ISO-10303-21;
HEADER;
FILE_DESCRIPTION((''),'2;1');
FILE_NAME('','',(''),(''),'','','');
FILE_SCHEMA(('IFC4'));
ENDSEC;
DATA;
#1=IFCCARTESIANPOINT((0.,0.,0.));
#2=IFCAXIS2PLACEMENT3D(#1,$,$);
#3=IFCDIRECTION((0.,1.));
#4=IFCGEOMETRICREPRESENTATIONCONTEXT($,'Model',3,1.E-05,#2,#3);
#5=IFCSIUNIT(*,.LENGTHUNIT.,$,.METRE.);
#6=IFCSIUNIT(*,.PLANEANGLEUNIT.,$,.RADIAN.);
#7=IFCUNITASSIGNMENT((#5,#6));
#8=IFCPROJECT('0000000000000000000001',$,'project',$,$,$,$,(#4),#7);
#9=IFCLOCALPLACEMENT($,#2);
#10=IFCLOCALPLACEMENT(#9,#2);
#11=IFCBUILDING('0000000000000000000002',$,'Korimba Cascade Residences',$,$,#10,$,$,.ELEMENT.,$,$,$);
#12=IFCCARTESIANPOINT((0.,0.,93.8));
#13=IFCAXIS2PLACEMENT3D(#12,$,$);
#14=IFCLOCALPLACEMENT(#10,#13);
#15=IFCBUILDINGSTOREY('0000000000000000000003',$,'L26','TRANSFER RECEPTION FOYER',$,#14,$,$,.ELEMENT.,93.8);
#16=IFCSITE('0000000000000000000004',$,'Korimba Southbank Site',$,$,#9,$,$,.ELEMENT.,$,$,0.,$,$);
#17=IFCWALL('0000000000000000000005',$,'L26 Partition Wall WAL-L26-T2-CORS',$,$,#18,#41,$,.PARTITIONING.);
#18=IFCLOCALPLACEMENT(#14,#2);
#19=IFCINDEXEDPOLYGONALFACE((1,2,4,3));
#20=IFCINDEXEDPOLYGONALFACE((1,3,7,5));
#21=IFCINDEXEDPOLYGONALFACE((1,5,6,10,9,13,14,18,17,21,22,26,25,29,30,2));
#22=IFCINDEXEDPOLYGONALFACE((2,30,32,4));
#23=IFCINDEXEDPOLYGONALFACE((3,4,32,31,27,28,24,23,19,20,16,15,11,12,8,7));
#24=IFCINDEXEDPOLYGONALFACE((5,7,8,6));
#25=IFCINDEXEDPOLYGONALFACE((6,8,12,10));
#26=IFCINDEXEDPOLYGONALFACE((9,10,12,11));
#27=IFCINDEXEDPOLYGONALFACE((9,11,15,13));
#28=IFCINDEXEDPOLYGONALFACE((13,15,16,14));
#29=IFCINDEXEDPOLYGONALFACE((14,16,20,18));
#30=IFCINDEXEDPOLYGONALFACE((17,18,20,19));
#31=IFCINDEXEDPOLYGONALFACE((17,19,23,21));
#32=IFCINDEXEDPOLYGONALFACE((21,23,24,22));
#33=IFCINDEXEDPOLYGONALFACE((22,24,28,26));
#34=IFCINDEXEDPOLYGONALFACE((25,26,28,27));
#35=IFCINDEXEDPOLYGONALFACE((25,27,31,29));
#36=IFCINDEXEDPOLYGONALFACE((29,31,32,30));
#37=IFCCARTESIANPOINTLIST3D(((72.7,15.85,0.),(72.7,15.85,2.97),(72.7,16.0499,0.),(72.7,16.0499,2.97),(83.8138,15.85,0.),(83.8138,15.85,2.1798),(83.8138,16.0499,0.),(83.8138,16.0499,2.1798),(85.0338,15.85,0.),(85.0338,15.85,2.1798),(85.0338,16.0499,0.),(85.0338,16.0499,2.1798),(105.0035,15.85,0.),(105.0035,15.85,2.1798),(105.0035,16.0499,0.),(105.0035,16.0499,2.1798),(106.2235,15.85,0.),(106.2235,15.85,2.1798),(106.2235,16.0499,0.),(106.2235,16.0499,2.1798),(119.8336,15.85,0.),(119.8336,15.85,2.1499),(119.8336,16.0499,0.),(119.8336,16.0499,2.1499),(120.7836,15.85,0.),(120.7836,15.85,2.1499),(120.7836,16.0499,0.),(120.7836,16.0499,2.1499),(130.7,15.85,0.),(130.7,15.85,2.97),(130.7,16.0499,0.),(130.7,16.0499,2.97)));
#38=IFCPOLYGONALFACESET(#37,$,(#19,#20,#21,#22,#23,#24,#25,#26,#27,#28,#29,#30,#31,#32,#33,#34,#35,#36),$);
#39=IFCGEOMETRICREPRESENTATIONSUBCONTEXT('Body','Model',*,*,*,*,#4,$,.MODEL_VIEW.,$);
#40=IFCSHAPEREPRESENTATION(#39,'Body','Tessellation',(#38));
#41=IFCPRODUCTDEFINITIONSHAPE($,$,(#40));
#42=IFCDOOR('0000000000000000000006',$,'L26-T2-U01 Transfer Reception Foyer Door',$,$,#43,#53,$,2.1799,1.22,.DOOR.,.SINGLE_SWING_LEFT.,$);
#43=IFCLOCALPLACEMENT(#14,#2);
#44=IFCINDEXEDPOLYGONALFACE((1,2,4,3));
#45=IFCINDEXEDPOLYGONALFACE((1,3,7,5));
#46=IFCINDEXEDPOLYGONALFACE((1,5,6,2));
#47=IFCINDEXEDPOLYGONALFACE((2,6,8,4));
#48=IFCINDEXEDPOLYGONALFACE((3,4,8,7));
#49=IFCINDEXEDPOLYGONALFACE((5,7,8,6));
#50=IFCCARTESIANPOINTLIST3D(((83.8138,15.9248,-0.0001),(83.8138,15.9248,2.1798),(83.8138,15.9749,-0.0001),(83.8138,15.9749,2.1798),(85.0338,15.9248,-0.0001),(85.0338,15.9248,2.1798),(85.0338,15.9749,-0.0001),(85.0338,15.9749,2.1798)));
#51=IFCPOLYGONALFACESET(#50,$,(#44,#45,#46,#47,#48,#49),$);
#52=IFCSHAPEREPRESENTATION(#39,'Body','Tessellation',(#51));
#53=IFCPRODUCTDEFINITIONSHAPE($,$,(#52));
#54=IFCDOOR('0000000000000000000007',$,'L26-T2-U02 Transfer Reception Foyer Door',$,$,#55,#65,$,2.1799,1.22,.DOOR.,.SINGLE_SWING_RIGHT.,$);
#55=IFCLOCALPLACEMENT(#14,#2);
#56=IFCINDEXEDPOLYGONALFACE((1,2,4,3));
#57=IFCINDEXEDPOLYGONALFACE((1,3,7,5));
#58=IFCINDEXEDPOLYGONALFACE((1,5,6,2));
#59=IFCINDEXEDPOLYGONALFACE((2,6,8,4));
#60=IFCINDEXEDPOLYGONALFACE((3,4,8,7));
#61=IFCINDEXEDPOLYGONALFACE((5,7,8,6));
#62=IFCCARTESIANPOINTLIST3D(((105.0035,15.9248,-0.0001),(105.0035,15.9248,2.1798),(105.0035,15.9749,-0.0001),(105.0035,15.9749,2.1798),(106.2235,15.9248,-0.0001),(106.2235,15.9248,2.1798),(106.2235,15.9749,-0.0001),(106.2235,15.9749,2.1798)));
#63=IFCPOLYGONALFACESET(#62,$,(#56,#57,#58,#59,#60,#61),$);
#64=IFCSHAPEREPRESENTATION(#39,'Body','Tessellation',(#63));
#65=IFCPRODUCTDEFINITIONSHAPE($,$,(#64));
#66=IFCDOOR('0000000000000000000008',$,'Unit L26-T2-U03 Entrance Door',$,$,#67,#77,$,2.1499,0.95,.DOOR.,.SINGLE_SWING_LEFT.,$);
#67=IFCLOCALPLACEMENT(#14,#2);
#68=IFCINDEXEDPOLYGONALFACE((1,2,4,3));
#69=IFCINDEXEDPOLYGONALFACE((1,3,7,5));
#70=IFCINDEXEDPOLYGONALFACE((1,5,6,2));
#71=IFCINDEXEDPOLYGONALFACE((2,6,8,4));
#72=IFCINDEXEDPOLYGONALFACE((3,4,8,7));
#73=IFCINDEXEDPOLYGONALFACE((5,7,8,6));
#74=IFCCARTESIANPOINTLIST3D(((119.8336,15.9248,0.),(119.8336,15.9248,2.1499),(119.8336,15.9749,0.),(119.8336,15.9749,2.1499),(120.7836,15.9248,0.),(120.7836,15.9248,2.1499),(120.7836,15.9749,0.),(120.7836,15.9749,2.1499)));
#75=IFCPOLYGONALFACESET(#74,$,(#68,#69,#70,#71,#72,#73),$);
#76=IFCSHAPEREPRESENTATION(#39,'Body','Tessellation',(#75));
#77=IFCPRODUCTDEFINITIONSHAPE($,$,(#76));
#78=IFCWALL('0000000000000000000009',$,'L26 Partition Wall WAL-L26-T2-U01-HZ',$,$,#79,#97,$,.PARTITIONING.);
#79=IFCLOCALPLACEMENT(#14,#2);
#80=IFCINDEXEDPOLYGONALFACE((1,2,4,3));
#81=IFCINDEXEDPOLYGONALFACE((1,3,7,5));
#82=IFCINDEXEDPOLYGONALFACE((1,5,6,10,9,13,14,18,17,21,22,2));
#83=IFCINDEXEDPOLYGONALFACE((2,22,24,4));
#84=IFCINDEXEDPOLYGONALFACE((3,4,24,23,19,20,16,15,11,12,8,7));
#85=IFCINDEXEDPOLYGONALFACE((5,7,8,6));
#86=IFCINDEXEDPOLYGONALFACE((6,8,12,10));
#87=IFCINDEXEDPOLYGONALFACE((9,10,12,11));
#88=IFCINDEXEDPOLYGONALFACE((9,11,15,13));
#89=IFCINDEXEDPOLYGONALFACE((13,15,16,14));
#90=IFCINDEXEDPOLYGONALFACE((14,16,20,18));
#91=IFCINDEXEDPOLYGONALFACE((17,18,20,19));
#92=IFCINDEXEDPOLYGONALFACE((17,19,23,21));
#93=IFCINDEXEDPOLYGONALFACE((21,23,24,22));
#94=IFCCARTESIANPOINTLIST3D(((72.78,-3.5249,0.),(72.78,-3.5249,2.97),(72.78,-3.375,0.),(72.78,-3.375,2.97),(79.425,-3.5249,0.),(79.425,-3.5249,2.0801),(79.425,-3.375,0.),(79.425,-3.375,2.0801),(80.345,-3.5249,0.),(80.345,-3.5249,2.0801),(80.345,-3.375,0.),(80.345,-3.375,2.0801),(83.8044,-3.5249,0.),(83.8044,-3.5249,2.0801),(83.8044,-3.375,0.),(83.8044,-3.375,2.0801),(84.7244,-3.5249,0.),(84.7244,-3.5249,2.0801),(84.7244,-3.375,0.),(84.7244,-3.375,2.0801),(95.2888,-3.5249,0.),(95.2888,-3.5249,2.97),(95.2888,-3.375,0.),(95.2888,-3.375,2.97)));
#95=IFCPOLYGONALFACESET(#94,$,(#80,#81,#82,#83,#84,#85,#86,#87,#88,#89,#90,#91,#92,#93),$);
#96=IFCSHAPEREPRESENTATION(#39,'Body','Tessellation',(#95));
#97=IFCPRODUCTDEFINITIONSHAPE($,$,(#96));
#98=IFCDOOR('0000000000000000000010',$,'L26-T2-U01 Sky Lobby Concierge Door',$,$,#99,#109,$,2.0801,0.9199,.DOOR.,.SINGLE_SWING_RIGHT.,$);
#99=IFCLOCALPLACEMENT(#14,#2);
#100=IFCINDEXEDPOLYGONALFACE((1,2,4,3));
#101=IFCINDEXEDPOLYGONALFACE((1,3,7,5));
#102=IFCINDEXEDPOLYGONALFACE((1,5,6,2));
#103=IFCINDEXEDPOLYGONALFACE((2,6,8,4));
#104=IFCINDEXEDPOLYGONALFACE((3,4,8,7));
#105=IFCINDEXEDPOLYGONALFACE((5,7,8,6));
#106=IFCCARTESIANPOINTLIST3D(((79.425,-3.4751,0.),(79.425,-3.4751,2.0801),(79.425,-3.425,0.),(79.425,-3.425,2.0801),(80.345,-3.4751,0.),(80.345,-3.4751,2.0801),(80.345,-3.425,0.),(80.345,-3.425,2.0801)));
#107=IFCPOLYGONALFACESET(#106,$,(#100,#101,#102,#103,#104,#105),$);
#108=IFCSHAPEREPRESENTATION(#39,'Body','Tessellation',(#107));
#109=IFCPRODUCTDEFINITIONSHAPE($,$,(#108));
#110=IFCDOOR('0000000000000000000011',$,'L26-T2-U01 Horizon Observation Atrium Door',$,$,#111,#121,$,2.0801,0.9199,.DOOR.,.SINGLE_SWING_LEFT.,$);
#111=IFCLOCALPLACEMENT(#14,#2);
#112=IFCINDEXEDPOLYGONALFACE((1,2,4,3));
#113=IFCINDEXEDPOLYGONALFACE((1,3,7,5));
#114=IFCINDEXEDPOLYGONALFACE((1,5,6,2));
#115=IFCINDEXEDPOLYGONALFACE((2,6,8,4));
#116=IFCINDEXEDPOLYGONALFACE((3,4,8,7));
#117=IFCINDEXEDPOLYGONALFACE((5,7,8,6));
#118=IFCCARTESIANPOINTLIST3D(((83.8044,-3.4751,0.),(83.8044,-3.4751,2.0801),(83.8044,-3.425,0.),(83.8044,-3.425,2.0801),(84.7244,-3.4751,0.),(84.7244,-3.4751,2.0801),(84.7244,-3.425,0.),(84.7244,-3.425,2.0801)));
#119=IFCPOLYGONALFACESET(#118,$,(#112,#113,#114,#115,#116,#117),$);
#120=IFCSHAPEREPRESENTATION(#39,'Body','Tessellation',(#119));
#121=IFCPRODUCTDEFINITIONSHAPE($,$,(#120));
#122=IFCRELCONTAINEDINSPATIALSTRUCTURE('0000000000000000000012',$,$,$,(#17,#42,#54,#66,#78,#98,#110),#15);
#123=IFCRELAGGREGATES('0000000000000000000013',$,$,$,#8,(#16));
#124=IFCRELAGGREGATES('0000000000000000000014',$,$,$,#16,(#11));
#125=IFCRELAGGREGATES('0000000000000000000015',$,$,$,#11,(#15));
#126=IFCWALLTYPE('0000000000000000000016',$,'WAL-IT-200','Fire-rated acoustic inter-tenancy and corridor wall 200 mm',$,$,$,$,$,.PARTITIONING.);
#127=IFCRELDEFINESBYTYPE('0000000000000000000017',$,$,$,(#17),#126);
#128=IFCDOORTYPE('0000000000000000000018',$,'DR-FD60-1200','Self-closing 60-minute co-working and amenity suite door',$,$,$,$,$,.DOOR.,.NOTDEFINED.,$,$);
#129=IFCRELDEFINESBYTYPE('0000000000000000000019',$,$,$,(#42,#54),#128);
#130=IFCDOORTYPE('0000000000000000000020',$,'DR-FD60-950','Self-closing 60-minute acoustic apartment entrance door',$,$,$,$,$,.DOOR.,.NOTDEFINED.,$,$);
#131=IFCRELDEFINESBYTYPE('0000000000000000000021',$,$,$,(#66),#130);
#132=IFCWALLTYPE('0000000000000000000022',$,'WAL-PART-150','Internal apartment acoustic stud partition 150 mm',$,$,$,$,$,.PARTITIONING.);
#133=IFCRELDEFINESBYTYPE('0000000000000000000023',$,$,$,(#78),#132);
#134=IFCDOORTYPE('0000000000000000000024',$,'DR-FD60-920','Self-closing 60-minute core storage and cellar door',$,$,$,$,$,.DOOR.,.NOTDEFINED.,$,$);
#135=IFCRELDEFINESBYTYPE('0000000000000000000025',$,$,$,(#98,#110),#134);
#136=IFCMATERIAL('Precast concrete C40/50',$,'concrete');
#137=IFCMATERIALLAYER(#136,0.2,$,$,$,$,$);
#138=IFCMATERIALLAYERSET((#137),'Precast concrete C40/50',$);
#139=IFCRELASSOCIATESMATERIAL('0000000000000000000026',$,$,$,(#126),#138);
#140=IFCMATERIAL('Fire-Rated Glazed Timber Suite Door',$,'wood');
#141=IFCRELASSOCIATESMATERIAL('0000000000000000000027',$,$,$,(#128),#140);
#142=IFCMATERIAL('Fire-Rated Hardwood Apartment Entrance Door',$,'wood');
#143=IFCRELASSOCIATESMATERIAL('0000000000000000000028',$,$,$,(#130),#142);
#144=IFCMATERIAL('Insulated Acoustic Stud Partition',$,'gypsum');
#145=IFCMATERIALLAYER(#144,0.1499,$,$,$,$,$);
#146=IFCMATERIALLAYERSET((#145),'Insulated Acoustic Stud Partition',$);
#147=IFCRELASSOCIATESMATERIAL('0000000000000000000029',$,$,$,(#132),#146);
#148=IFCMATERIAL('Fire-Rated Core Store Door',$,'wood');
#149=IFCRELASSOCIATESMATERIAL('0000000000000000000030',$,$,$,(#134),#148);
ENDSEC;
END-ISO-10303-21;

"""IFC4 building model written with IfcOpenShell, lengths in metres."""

from ifc_helpers import new_model, si_unit, direction, frame, frame_2d, origin, place, context, subcontext, project, spatial, rectangle, extrude, material, layer, layer_set, type_object, element, fill, save


model = new_model("IFC4")

# Units and contexts
model_context = context("Model", 3, precision=1e-05, world=origin(), true_north=direction((0.0, 1.0)))
body_context = subcontext(model_context, "Body", "Model", "MODEL_VIEW")
ifc_project = project(units=[si_unit("LENGTHUNIT", "METRE"), si_unit("PLANEANGLEUNIT", "RADIAN")], contexts=[model_context])

# Site, building, storey
site_placement = place(None, origin())
site = spatial("IfcSite", under=ifc_project, at=site_placement, Name="Korimba Southbank Site", CompositionType="ELEMENT", RefElevation=0.0)
building_placement = place(site_placement, origin())
building = spatial("IfcBuilding", under=site, at=building_placement, Name="Korimba Cascade Residences", CompositionType="ELEMENT")
storey_placement = place(building_placement, frame((0.0, 0.0, 93.8)))
storey = spatial("IfcBuildingStorey", under=building, at=storey_placement, Name="L26", Description="TRANSFER RECEPTION FOYER", CompositionType="ELEMENT", Elevation=93.8)

# Shared definitions
ifc_material_1 = material(Name="Precast concrete C40/50", Category="concrete")

# Shared definitions
ifc_layer_1 = layer(ifc_material_1, 0.2)
ifc_layer_set_1 = layer_set([ifc_layer_1], Name="Precast concrete C40/50")
wall_type_1 = type_object("IfcWallType", Name="WAL-IT-200", Description="Fire-rated acoustic inter-tenancy and corridor wall 200 mm", PredefinedType="PARTITIONING", material=ifc_layer_set_1)

# Walls, openings, doors
wall_1_placement = place(storey_placement, frame((72.7, 15.95, 0.0), z_axis=(0.0, 0.0, 1.0), x_axis=(1.0, 0.0, 0.0)))
wall_1 = element("IfcWall", 1, at=wall_1_placement, inside=storey, type_object=wall_type_1, Name="L26 Partition Wall WAL-L26-T2-CORS", PredefinedType="PARTITIONING", context=body_context, shape_type="SweptSolid", body=[
    extrude(rectangle(XDim=58.0, YDim=0.2, at=frame_2d((29.0, 0.0))), origin(), (0.0, 0.0, 1.0), 2.97),
])
opening_1_placement = place(wall_1_placement, frame((11.114, 0.0, 0.0)))
opening_1 = element("IfcOpeningElement", 2, at=opening_1_placement, cuts=wall_1, PredefinedType="OPENING", context=body_context, shape_type="SweptSolid", body=[
    extrude(rectangle(XDim=1.22, YDim=2.1799, at=frame_2d((0.6099, 1.0898))), frame((0.0, 0.1099, 0.0), z_axis=(0.0, -1.0, 0.0), x_axis=(1.0, 0.0, 0.0)), (0.0, 0.0, 1.0), 0.22),
])
opening_2_placement = place(wall_1_placement, frame((32.3037, 0.0, 0.0)))
opening_2 = element("IfcOpeningElement", 3, at=opening_2_placement, cuts=wall_1, PredefinedType="OPENING", context=body_context, shape_type="SweptSolid", body=[
    extrude(rectangle(XDim=1.22, YDim=2.1799, at=frame_2d((0.6099, 1.0898))), frame((0.0, 0.1099, 0.0), z_axis=(0.0, -1.0, 0.0), x_axis=(1.0, 0.0, 0.0)), (0.0, 0.0, 1.0), 0.22),
])
opening_3_placement = place(wall_1_placement, frame((47.1335, 0.0, 0.0)))
opening_3 = element("IfcOpeningElement", 4, at=opening_3_placement, cuts=wall_1, PredefinedType="OPENING", context=body_context, shape_type="SweptSolid", body=[
    extrude(rectangle(XDim=0.95, YDim=2.1499, at=frame_2d((0.4751, 1.075))), frame((0.0, 0.1099, 0.0), z_axis=(0.0, -1.0, 0.0), x_axis=(1.0, 0.0, 0.0)), (0.0, 0.0, 1.0), 0.22),
])
ifc_material_2 = material(Name="Fire-Rated Glazed Timber Suite Door", Category="wood")
door_type_1 = type_object("IfcDoorType", Name="DR-FD60-1200", Description="Self-closing 60-minute co-working and amenity suite door", OperationType="NOTDEFINED", PredefinedType="DOOR", material=ifc_material_2)
door_1_placement = place(opening_1_placement, origin())
door_1 = element("IfcDoor", 5, at=door_1_placement, inside=storey, type_object=door_type_1, Name="L26-T2-U01 Transfer Reception Foyer Door", OperationType="SINGLE_SWING_LEFT", OverallHeight=2.1799, OverallWidth=1.22, PredefinedType="DOOR", context=body_context, shape_type="SweptSolid", body=[
    extrude(rectangle(XDim=1.22, YDim=2.1799, at=frame_2d((0.6099, 1.0898))), frame((0.0, 0.0249, 0.0), z_axis=(0.0, -1.0, 0.0), x_axis=(1.0, 0.0, 0.0)), (0.0, 0.0, 1.0), 0.05),
])
fill(opening_1, door_1)
door_2_placement = place(opening_2_placement, origin())
door_2 = element("IfcDoor", 6, at=door_2_placement, inside=storey, type_object=door_type_1, Name="L26-T2-U02 Transfer Reception Foyer Door", OperationType="SINGLE_SWING_RIGHT", OverallHeight=2.1799, OverallWidth=1.22, PredefinedType="DOOR", context=body_context, shape_type="SweptSolid", body=[
    extrude(rectangle(XDim=1.22, YDim=2.1799, at=frame_2d((0.6099, 1.0898))), frame((0.0, 0.0249, 0.0), z_axis=(0.0, -1.0, 0.0), x_axis=(1.0, 0.0, 0.0)), (0.0, 0.0, 1.0), 0.05),
])
fill(opening_2, door_2)
ifc_material_3 = material(Name="Fire-Rated Hardwood Apartment Entrance Door", Category="wood")
door_type_2 = type_object("IfcDoorType", Name="DR-FD60-950", Description="Self-closing 60-minute acoustic apartment entrance door", OperationType="NOTDEFINED", PredefinedType="DOOR", material=ifc_material_3)
door_3_placement = place(opening_3_placement, origin())
door_3 = element("IfcDoor", 7, at=door_3_placement, inside=storey, type_object=door_type_2, Name="Unit L26-T2-U03 Entrance Door", OperationType="SINGLE_SWING_LEFT", OverallHeight=2.1499, OverallWidth=0.95, PredefinedType="DOOR", context=body_context, shape_type="SweptSolid", body=[
    extrude(rectangle(XDim=0.95, YDim=2.1499, at=frame_2d((0.4751, 1.075))), frame((0.0, 0.0249, 0.0), z_axis=(0.0, -1.0, 0.0), x_axis=(1.0, 0.0, 0.0)), (0.0, 0.0, 1.0), 0.05),
])
fill(opening_3, door_3)
ifc_material_4 = material(Name="Insulated Acoustic Stud Partition", Category="gypsum")
ifc_layer_2 = layer(ifc_material_4, 0.1499)
ifc_layer_set_2 = layer_set([ifc_layer_2], Name="Insulated Acoustic Stud Partition")
wall_type_2 = type_object("IfcWallType", Name="WAL-PART-150", Description="Internal apartment acoustic stud partition 150 mm", PredefinedType="PARTITIONING", material=ifc_layer_set_2)
wall_2_placement = place(storey_placement, frame((72.78, -3.45, 0.0), z_axis=(0.0, 0.0, 1.0), x_axis=(1.0, 0.0, 0.0)))
wall_2 = element("IfcWall", 8, at=wall_2_placement, inside=storey, type_object=wall_type_2, Name="L26 Partition Wall WAL-L26-T2-U01-HZ", PredefinedType="PARTITIONING", context=body_context, shape_type="SweptSolid", body=[
    extrude(rectangle(XDim=22.5088, YDim=0.1499, at=frame_2d((11.2544, 0.0))), origin(), (0.0, 0.0, 1.0), 2.97),
])
opening_4_placement = place(wall_2_placement, frame((6.645, 0.0, 0.0)))
opening_4 = element("IfcOpeningElement", 9, at=opening_4_placement, cuts=wall_2, PredefinedType="OPENING", context=body_context, shape_type="SweptSolid", body=[
    extrude(rectangle(XDim=0.9199, YDim=2.0801, at=frame_2d((0.46, 1.04))), frame((0.0, 0.085, 0.0), z_axis=(0.0, -1.0, 0.0), x_axis=(1.0, 0.0, 0.0)), (0.0, 0.0, 1.0), 0.1699),
])
opening_5_placement = place(wall_2_placement, frame((11.0244, 0.0, 0.0)))
opening_5 = element("IfcOpeningElement", 10, at=opening_5_placement, cuts=wall_2, PredefinedType="OPENING", context=body_context, shape_type="SweptSolid", body=[
    extrude(rectangle(XDim=0.9199, YDim=2.0801, at=frame_2d((0.46, 1.04))), frame((0.0, 0.085, 0.0), z_axis=(0.0, -1.0, 0.0), x_axis=(1.0, 0.0, 0.0)), (0.0, 0.0, 1.0), 0.1699),
])
ifc_material_5 = material(Name="Fire-Rated Core Store Door", Category="wood")
door_type_3 = type_object("IfcDoorType", Name="DR-FD60-920", Description="Self-closing 60-minute core storage and cellar door", OperationType="NOTDEFINED", PredefinedType="DOOR", material=ifc_material_5)
door_4_placement = place(opening_4_placement, origin())
door_4 = element("IfcDoor", 11, at=door_4_placement, inside=storey, type_object=door_type_3, Name="L26-T2-U01 Sky Lobby Concierge Door", OperationType="SINGLE_SWING_RIGHT", OverallHeight=2.0801, OverallWidth=0.9199, PredefinedType="DOOR", context=body_context, shape_type="SweptSolid", body=[
    extrude(rectangle(XDim=0.9199, YDim=2.0801, at=frame_2d((0.46, 1.04))), frame((0.0, 0.0249, 0.0), z_axis=(0.0, -1.0, 0.0), x_axis=(1.0, 0.0, 0.0)), (0.0, 0.0, 1.0), 0.05),
])
fill(opening_4, door_4)
door_5_placement = place(opening_5_placement, origin())
door_5 = element("IfcDoor", 12, at=door_5_placement, inside=storey, type_object=door_type_3, Name="L26-T2-U01 Horizon Observation Atrium Door", OperationType="SINGLE_SWING_LEFT", OverallHeight=2.0801, OverallWidth=0.9199, PredefinedType="DOOR", context=body_context, shape_type="SweptSolid", body=[
    extrude(rectangle(XDim=0.9199, YDim=2.0801, at=frame_2d((0.46, 1.04))), frame((0.0, 0.0249, 0.0), z_axis=(0.0, -1.0, 0.0), x_axis=(1.0, 0.0, 0.0)), (0.0, 0.0, 1.0), 0.05),
])
fill(opening_5, door_5)

save(model, "model.ifc")
